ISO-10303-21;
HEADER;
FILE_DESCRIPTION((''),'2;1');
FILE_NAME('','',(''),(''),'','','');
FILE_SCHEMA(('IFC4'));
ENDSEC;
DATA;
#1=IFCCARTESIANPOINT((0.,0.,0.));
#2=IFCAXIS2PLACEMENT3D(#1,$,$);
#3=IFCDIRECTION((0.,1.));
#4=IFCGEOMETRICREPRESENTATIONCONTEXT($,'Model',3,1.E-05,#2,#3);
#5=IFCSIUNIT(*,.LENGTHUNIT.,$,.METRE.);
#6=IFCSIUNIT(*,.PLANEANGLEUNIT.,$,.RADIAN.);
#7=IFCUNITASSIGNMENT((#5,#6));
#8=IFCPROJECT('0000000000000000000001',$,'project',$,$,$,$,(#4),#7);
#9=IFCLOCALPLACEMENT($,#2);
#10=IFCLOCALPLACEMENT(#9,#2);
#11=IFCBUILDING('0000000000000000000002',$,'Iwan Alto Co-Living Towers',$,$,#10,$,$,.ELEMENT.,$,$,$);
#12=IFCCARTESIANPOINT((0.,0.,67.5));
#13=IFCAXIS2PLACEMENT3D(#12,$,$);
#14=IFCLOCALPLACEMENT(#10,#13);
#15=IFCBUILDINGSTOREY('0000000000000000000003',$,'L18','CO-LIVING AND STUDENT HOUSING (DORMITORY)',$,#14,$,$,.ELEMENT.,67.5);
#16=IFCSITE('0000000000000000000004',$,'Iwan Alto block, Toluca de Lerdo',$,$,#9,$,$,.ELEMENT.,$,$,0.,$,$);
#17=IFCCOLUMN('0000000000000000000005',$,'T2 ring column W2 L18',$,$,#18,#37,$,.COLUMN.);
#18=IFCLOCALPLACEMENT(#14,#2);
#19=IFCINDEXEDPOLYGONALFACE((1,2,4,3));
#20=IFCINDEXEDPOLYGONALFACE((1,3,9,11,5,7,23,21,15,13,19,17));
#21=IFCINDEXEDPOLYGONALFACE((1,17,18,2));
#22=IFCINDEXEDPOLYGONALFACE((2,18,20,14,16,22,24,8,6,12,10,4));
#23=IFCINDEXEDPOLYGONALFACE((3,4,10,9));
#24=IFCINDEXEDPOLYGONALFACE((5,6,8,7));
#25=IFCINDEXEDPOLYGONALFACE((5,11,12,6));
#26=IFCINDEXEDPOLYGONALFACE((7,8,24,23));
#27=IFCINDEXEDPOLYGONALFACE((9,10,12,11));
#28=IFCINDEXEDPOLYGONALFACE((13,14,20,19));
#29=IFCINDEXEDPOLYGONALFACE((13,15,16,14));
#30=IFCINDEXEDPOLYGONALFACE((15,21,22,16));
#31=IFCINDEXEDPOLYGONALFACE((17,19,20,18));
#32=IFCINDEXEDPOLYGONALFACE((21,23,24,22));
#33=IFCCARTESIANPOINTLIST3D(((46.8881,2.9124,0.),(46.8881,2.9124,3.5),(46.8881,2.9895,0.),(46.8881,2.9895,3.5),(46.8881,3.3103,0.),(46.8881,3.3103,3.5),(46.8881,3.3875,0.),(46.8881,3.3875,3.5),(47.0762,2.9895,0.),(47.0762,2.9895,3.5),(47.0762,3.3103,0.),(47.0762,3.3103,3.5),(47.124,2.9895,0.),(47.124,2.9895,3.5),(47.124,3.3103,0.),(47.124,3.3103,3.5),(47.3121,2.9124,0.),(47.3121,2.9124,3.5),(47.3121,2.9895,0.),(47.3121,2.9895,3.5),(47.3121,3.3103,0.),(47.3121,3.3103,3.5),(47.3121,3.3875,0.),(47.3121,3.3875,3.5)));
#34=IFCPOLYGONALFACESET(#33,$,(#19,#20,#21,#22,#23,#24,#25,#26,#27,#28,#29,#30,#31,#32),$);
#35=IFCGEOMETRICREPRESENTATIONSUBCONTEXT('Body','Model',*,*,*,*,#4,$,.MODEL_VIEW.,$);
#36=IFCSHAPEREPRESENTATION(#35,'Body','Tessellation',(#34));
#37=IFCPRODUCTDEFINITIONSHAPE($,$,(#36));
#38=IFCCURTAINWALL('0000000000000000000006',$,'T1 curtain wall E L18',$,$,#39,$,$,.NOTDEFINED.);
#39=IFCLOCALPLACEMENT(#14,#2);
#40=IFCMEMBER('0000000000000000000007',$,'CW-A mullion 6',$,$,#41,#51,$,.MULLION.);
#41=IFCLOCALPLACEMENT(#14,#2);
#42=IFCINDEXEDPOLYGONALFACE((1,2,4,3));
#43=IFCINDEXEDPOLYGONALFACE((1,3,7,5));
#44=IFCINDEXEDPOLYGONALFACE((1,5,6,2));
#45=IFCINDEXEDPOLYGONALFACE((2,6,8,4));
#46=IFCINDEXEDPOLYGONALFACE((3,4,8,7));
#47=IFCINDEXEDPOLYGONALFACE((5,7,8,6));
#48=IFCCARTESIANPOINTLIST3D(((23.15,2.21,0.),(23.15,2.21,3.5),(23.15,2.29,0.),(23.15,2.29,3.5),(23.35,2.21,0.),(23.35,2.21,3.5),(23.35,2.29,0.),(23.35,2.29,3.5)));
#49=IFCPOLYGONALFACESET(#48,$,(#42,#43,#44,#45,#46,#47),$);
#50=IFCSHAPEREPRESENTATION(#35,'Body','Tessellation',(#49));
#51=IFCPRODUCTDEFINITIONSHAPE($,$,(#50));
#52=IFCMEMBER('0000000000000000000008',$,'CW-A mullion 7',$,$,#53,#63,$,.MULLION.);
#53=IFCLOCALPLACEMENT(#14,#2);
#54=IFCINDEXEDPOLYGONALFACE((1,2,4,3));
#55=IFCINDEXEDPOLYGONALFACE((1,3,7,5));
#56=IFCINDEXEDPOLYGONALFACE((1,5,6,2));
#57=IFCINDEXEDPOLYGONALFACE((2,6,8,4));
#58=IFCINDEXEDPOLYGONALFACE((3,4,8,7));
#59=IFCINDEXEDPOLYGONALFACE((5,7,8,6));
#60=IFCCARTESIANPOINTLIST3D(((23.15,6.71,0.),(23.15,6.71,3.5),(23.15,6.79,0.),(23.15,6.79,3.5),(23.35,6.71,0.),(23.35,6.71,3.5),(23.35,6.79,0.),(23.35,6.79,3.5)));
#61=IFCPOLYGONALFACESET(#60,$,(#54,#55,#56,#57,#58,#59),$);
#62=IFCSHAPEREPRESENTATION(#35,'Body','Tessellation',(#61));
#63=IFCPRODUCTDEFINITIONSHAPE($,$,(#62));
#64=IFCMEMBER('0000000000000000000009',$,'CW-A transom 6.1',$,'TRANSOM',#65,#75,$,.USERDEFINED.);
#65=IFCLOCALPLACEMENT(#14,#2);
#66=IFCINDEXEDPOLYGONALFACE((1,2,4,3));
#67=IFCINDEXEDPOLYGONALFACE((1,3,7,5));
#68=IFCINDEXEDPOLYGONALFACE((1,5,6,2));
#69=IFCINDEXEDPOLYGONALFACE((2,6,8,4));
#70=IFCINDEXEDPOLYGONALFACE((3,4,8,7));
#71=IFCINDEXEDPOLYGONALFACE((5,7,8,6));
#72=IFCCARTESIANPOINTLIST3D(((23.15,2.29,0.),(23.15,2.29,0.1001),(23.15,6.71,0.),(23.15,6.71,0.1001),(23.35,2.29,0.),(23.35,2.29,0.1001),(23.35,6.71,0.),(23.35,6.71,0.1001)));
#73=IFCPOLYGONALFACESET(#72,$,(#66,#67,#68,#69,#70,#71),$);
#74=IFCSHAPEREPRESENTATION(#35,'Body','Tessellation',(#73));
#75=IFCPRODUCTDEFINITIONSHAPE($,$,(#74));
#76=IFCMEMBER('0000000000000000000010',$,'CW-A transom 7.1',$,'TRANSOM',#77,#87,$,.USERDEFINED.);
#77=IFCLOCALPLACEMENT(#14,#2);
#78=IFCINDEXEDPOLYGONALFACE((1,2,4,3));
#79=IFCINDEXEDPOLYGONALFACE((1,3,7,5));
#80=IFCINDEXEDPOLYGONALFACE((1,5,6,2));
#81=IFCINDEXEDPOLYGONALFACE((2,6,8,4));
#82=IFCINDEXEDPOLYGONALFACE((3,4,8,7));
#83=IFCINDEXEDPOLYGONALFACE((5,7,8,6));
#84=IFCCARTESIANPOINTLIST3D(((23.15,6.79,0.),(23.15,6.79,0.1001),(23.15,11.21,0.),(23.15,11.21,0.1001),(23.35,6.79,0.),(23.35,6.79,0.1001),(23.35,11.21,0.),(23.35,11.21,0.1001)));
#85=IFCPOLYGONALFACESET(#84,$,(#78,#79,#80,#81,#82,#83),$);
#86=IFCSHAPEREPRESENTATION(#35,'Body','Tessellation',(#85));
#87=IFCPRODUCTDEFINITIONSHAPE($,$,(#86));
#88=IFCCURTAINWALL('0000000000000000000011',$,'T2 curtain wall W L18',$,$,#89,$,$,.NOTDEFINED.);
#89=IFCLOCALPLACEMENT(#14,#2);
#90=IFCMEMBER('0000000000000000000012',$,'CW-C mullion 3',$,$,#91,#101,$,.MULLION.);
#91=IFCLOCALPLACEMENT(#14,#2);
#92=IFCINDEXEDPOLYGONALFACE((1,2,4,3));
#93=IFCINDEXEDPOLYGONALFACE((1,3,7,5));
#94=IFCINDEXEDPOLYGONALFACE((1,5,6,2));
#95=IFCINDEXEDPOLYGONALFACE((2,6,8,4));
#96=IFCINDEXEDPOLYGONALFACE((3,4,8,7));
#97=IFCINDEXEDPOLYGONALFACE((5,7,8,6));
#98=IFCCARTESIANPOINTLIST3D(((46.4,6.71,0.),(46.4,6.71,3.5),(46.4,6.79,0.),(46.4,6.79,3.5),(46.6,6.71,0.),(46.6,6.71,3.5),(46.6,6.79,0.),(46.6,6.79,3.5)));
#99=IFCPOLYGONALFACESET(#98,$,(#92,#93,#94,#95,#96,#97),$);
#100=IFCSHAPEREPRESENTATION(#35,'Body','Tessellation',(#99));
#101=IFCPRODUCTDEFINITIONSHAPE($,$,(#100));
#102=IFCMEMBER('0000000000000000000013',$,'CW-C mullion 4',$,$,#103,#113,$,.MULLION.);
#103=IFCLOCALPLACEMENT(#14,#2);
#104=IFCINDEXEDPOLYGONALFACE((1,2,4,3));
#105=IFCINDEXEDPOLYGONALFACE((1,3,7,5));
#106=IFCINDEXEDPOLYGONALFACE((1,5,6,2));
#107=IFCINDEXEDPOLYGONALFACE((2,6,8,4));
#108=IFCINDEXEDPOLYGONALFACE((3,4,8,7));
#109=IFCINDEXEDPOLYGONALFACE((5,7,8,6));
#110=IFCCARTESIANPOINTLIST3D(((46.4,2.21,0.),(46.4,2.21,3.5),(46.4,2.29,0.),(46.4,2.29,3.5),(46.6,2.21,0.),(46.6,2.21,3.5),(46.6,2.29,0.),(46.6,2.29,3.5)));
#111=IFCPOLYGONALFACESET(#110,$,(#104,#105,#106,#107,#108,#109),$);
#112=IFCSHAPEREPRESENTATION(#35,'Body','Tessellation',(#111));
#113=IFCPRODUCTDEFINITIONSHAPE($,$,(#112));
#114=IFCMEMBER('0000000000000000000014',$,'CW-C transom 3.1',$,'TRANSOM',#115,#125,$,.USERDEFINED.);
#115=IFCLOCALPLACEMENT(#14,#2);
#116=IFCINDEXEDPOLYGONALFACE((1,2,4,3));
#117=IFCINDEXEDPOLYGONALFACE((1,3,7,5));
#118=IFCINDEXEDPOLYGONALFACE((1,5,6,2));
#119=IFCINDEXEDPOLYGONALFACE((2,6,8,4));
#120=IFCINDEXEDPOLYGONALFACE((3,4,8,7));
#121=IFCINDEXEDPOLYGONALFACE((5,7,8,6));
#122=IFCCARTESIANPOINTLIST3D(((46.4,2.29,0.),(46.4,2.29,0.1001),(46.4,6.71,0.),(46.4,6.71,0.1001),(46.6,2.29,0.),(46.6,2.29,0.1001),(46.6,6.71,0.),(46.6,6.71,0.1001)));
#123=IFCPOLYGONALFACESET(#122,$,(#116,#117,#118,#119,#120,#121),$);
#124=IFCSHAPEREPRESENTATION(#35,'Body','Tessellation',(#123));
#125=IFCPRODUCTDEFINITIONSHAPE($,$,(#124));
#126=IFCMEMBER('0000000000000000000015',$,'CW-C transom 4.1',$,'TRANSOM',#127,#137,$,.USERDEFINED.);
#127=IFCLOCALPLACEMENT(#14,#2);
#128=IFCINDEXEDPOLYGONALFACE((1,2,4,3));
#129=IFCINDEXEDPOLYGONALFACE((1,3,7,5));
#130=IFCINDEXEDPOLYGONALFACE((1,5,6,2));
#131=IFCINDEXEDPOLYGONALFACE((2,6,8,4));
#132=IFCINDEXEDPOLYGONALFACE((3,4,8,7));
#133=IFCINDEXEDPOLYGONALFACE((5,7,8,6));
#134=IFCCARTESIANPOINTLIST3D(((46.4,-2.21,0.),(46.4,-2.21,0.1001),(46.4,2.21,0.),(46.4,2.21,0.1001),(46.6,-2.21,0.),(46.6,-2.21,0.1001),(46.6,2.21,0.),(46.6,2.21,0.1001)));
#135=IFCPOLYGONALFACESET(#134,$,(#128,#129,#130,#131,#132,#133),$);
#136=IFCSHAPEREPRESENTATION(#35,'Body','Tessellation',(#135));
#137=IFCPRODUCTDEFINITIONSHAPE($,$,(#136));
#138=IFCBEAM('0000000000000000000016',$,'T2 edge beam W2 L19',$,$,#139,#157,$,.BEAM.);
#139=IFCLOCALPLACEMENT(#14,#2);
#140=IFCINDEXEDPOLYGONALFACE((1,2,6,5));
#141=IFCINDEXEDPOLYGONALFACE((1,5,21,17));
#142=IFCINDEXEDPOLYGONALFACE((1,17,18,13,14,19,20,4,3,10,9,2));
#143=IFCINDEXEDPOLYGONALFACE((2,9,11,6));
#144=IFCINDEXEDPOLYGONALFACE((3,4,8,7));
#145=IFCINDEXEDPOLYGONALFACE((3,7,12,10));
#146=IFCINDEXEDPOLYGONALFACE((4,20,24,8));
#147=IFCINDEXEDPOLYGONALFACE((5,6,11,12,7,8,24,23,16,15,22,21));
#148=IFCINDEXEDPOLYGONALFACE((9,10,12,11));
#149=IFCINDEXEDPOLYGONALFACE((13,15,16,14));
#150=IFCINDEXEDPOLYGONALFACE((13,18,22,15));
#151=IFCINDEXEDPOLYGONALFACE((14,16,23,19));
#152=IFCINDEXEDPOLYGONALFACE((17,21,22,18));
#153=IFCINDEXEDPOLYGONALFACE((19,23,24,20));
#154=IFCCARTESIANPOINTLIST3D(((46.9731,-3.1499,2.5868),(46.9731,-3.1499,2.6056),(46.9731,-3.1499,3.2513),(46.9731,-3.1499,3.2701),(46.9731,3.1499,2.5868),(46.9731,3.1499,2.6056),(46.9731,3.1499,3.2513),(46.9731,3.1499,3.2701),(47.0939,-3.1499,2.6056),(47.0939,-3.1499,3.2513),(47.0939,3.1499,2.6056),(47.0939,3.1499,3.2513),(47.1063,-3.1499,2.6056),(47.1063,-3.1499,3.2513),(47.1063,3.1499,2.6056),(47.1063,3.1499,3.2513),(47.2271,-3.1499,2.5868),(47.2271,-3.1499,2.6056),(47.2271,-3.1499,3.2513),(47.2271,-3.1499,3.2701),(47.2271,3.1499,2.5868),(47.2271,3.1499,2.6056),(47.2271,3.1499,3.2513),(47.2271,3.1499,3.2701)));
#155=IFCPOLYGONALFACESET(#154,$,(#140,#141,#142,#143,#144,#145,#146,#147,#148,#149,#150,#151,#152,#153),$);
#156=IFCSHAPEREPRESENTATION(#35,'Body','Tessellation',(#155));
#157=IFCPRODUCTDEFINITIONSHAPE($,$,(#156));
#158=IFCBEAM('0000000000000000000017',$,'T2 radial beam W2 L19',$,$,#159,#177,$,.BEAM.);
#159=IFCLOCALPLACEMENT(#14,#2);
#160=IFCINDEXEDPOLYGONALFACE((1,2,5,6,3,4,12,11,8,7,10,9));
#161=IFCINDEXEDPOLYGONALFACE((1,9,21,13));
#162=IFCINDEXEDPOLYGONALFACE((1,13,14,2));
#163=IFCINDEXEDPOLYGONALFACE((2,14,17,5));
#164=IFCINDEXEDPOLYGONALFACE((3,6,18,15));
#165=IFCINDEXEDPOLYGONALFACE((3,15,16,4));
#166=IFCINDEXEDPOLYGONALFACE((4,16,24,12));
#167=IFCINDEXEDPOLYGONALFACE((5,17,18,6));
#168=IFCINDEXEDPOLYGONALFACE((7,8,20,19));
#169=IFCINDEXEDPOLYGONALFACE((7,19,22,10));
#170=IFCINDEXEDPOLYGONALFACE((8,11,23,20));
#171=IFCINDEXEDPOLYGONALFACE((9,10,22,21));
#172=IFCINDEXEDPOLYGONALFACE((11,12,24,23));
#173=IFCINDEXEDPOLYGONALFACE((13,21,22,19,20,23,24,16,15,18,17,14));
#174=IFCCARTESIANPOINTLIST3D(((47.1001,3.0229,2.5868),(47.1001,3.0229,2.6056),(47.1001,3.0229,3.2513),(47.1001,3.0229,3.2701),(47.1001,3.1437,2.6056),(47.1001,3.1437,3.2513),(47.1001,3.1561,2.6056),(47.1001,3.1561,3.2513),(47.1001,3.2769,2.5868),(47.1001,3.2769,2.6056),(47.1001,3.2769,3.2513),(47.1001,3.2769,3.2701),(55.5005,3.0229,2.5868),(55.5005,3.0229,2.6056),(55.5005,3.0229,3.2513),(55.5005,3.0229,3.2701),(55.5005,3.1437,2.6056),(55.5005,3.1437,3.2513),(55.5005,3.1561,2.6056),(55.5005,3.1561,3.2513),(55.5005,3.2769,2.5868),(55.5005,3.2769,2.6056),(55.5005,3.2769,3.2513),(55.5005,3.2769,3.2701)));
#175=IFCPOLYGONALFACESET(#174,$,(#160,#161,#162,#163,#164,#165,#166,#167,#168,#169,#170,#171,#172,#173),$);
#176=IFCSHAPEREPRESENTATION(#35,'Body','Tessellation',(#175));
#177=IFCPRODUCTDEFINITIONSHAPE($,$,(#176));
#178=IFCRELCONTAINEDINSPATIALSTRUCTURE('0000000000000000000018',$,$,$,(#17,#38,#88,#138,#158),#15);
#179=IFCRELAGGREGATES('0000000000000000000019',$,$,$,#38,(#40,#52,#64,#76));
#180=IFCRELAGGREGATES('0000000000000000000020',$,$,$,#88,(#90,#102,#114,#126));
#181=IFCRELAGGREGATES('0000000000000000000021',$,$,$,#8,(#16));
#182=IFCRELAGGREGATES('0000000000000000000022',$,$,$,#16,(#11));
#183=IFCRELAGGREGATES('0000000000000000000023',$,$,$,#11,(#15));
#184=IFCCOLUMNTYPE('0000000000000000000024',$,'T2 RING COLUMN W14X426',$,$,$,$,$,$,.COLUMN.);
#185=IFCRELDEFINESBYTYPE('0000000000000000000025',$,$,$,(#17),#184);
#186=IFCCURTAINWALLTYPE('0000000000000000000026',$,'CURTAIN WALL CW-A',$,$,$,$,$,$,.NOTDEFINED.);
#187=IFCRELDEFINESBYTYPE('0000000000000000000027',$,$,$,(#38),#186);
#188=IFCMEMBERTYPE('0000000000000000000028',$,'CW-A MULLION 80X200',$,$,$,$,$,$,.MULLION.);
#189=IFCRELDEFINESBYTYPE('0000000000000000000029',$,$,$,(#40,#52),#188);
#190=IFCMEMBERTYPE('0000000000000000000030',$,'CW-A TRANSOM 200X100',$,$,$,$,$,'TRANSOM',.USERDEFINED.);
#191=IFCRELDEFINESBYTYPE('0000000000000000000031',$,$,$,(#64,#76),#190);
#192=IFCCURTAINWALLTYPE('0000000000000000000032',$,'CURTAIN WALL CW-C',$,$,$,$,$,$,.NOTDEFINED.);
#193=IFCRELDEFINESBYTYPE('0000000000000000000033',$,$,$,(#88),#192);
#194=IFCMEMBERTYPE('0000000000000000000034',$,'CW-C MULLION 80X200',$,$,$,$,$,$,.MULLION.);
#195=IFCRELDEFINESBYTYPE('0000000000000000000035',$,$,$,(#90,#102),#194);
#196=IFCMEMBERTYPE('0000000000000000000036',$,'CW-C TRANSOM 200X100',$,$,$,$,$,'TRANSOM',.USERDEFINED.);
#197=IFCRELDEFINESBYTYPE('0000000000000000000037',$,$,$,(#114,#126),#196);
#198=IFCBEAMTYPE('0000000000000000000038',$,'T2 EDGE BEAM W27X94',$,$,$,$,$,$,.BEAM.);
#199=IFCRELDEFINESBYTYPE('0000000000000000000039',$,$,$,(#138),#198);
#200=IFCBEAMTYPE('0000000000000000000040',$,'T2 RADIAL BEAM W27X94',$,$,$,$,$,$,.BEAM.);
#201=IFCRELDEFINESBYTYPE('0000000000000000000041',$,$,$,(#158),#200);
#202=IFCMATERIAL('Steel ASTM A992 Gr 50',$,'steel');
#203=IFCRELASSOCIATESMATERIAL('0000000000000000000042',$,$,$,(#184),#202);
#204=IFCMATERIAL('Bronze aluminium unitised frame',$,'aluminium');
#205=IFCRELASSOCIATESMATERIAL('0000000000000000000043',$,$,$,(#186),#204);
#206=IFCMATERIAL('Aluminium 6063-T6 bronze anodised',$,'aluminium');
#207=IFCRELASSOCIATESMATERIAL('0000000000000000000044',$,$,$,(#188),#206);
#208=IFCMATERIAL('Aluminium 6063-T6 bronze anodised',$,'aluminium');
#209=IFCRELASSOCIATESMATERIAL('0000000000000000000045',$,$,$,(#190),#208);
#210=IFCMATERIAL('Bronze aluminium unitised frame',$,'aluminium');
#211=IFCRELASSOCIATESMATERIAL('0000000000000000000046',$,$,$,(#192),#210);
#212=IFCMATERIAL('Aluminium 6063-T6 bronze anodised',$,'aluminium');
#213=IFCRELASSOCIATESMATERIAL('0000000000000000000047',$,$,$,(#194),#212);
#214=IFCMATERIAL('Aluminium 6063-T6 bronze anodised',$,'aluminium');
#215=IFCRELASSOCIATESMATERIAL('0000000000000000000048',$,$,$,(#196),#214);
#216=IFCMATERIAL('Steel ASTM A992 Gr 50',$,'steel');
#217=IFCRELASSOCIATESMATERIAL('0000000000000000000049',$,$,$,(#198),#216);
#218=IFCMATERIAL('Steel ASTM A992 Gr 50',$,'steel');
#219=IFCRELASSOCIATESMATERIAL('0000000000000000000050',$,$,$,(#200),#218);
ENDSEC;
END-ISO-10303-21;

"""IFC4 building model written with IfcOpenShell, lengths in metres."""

from ifc_helpers import new_model, si_unit, direction, frame, origin, origin_2d, place, context, subcontext, project, spatial, rectangle, i_section, extrude, material, material_profile, profile_set, type_object, element, aggregate, save


model = new_model("IFC4")

# Units and contexts
model_context = context("Model", 3, precision=1e-05, world=origin(), true_north=direction((0.0, 1.0)))
body_context = subcontext(model_context, "Body", "Model", "MODEL_VIEW")
ifc_project = project(units=[si_unit("LENGTHUNIT", "METRE"), si_unit("PLANEANGLEUNIT", "RADIAN")], contexts=[model_context])

# Site, building, storey
site_placement = place(None, origin())
site = spatial("IfcSite", under=ifc_project, at=site_placement, Name="Iwan Alto block, Toluca de Lerdo", CompositionType="ELEMENT", RefElevation=0.0)
building_placement = place(site_placement, origin())
building = spatial("IfcBuilding", under=site, at=building_placement, Name="Iwan Alto Co-Living Towers", CompositionType="ELEMENT")
storey_placement = place(building_placement, frame((0.0, 0.0, 67.5)))
storey = spatial("IfcBuildingStorey", under=building, at=storey_placement, Name="L18", Description="CO-LIVING AND STUDENT HOUSING (DORMITORY)", CompositionType="ELEMENT", Elevation=67.5)

# Column
ifc_material_1 = material(Name="Steel ASTM A992 Gr 50", Category="steel")
ifc_material_profile_1 = material_profile(ifc_material_1, i_section(OverallWidth=0.4241, OverallDepth=0.4751, WebThickness=0.0479, FlangeThickness=0.0771, at=origin_2d()), Name="W14X426")
ifc_profile_set_1 = profile_set([ifc_material_profile_1], Name="Steel ASTM A992 Gr 50")
column_type = type_object("IfcColumnType", Name="T2 RING COLUMN W14X426", PredefinedType="COLUMN", material=ifc_profile_set_1)
column_placement = place(storey_placement, frame((47.1001, 3.1499, 0.0), z_axis=(0.0, 0.0, 1.0), x_axis=(1.0, 0.0, 0.0)))
element("IfcColumn", 1, at=column_placement, inside=storey, type_object=column_type, Name="T2 ring column W2 L18", PredefinedType="COLUMN", context=body_context, shape_type="SweptSolid", body=[
    extrude(i_section(OverallWidth=0.4241, OverallDepth=0.4751, WebThickness=0.0479, FlangeThickness=0.0771, at=origin_2d()), origin(), (0.0, 0.0, 1.0), 3.5),
])

# Curtain walls, members
ifc_material_2 = material(Name="Bronze aluminium unitised frame", Category="aluminium")
curtain_wall_type_1 = type_object("IfcCurtainWallType", Name="CURTAIN WALL CW-A", PredefinedType="NOTDEFINED", material=ifc_material_2)
curtain_wall_1_placement = place(storey_placement, origin())
curtain_wall_1 = element("IfcCurtainWall", 2, at=curtain_wall_1_placement, inside=storey, type_object=curtain_wall_type_1, Name="T1 curtain wall E L18", PredefinedType="NOTDEFINED")
ifc_material_3 = material(Name="Aluminium 6063-T6 bronze anodised", Category="aluminium")
ifc_material_profile_2 = material_profile(ifc_material_3, rectangle(XDim=0.2, YDim=0.0801, at=origin_2d()), Name="AL 80X200")
ifc_profile_set_2 = profile_set([ifc_material_profile_2], Name="Aluminium 6063-T6 bronze anodised")
member_type_1 = type_object("IfcMemberType", Name="CW-A MULLION 80X200", PredefinedType="MULLION", material=ifc_profile_set_2)
member_1_placement = place(storey_placement, frame((23.25, 2.25, 0.0), z_axis=(0.0, 0.0, 1.0), x_axis=(-1.0, 0.0, 0.0)))
member_1 = element("IfcMember", 3, at=member_1_placement, type_object=member_type_1, Name="CW-A mullion 6", PredefinedType="MULLION", context=body_context, shape_type="SweptSolid", body=[
    extrude(rectangle(XDim=0.2, YDim=0.0801, at=origin_2d()), origin(), (0.0, 0.0, 1.0), 3.5),
])
member_2_placement = place(storey_placement, frame((23.25, 6.75, 0.0), z_axis=(0.0, 0.0, 1.0), x_axis=(-1.0, 0.0, 0.0)))
member_2 = element("IfcMember", 4, at=member_2_placement, type_object=member_type_1, Name="CW-A mullion 7", PredefinedType="MULLION", context=body_context, shape_type="SweptSolid", body=[
    extrude(rectangle(XDim=0.2, YDim=0.0801, at=origin_2d()), origin(), (0.0, 0.0, 1.0), 3.5),
])
ifc_material_4 = material(Name="Aluminium 6063-T6 bronze anodised", Category="aluminium")
ifc_material_profile_3 = material_profile(ifc_material_4, rectangle(XDim=0.2, YDim=0.1001, at=origin_2d()), Name="AL 200X100")
ifc_profile_set_3 = profile_set([ifc_material_profile_3], Name="Aluminium 6063-T6 bronze anodised")
member_type_2 = type_object("IfcMemberType", Name="CW-A TRANSOM 200X100", ElementType="TRANSOM", PredefinedType="USERDEFINED", material=ifc_profile_set_3)
member_3_placement = place(storey_placement, frame((23.25, 2.29, 0.05), z_axis=(0.0, 1.0, 0.0), x_axis=(-1.0, 0.0, 0.0)))
member_3 = element("IfcMember", 5, at=member_3_placement, type_object=member_type_2, Name="CW-A transom 6.1", ObjectType="TRANSOM", PredefinedType="USERDEFINED", context=body_context, shape_type="SweptSolid", body=[
    extrude(rectangle(XDim=0.2, YDim=0.1001, at=origin_2d()), origin(), (0.0, 0.0, 1.0), 4.4199),
])
member_4_placement = place(storey_placement, frame((23.25, 6.79, 0.05), z_axis=(0.0, 1.0, 0.0), x_axis=(-1.0, 0.0, 0.0)))
member_4 = element("IfcMember", 6, at=member_4_placement, type_object=member_type_2, Name="CW-A transom 7.1", ObjectType="TRANSOM", PredefinedType="USERDEFINED", context=body_context, shape_type="SweptSolid", body=[
    extrude(rectangle(XDim=0.2, YDim=0.1001, at=origin_2d()), origin(), (0.0, 0.0, 1.0), 4.4199),
])
ifc_material_5 = material(Name="Bronze aluminium unitised frame", Category="aluminium")
curtain_wall_type_2 = type_object("IfcCurtainWallType", Name="CURTAIN WALL CW-C", PredefinedType="NOTDEFINED", material=ifc_material_5)
curtain_wall_2_placement = place(storey_placement, origin())
curtain_wall_2 = element("IfcCurtainWall", 7, at=curtain_wall_2_placement, inside=storey, type_object=curtain_wall_type_2, Name="T2 curtain wall W L18", PredefinedType="NOTDEFINED")
ifc_material_6 = material(Name="Aluminium 6063-T6 bronze anodised", Category="aluminium")
ifc_material_profile_4 = material_profile(ifc_material_6, rectangle(XDim=0.2, YDim=0.0801, at=origin_2d()), Name="AL 80X200")
ifc_profile_set_4 = profile_set([ifc_material_profile_4], Name="Aluminium 6063-T6 bronze anodised")
member_type_3 = type_object("IfcMemberType", Name="CW-C MULLION 80X200", PredefinedType="MULLION", material=ifc_profile_set_4)
member_5_placement = place(storey_placement, frame((46.5, 6.75, 0.0), z_axis=(0.0, 0.0, 1.0), x_axis=(1.0, 0.0, 0.0)))
member_5 = element("IfcMember", 8, at=member_5_placement, type_object=member_type_3, Name="CW-C mullion 3", PredefinedType="MULLION", context=body_context, shape_type="SweptSolid", body=[
    extrude(rectangle(XDim=0.2, YDim=0.0801, at=origin_2d()), origin(), (0.0, 0.0, 1.0), 3.5),
])
member_6_placement = place(storey_placement, frame((46.5, 2.25, 0.0), z_axis=(0.0, 0.0, 1.0), x_axis=(1.0, 0.0, 0.0)))
member_6 = element("IfcMember", 9, at=member_6_placement, type_object=member_type_3, Name="CW-C mullion 4", PredefinedType="MULLION", context=body_context, shape_type="SweptSolid", body=[
    extrude(rectangle(XDim=0.2, YDim=0.0801, at=origin_2d()), origin(), (0.0, 0.0, 1.0), 3.5),
])
ifc_material_7 = material(Name="Aluminium 6063-T6 bronze anodised", Category="aluminium")
ifc_material_profile_5 = material_profile(ifc_material_7, rectangle(XDim=0.2, YDim=0.1001, at=origin_2d()), Name="AL 200X100")
ifc_profile_set_5 = profile_set([ifc_material_profile_5], Name="Aluminium 6063-T6 bronze anodised")
member_type_4 = type_object("IfcMemberType", Name="CW-C TRANSOM 200X100", ElementType="TRANSOM", PredefinedType="USERDEFINED", material=ifc_profile_set_5)
member_7_placement = place(storey_placement, frame((46.5, 6.71, 0.05), z_axis=(0.0, -1.0, 0.0), x_axis=(1.0, 0.0, 0.0)))
member_7 = element("IfcMember", 10, at=member_7_placement, type_object=member_type_4, Name="CW-C transom 3.1", ObjectType="TRANSOM", PredefinedType="USERDEFINED", context=body_context, shape_type="SweptSolid", body=[
    extrude(rectangle(XDim=0.2, YDim=0.1001, at=origin_2d()), origin(), (0.0, 0.0, 1.0), 4.4199),
])
member_8_placement = place(storey_placement, frame((46.5, 2.21, 0.05), z_axis=(0.0, -1.0, 0.0), x_axis=(1.0, 0.0, 0.0)))
member_8 = element("IfcMember", 11, at=member_8_placement, type_object=member_type_4, Name="CW-C transom 4.1", ObjectType="TRANSOM", PredefinedType="USERDEFINED", context=body_context, shape_type="SweptSolid", body=[
    extrude(rectangle(XDim=0.2, YDim=0.1001, at=origin_2d()), origin(), (0.0, 0.0, 1.0), 4.4199),
])

# Beams
ifc_material_8 = material(Name="Steel ASTM A992 Gr 50", Category="steel")
ifc_material_profile_6 = material_profile(ifc_material_8, i_section(OverallWidth=0.2539, OverallDepth=0.6833, WebThickness=0.0125, FlangeThickness=0.0188, at=origin_2d()), Name="W27X94")
ifc_profile_set_6 = profile_set([ifc_material_profile_6], Name="Steel ASTM A992 Gr 50")
beam_type_1 = type_object("IfcBeamType", Name="T2 EDGE BEAM W27X94", PredefinedType="BEAM", material=ifc_profile_set_6)
beam_1_placement = place(storey_placement, frame((47.1001, 3.1499, 2.9285), z_axis=(0.0, -1.0, 0.0), x_axis=(1.0, 0.0, 0.0)))
element("IfcBeam", 12, at=beam_1_placement, inside=storey, type_object=beam_type_1, Name="T2 edge beam W2 L19", PredefinedType="BEAM", context=body_context, shape_type="SweptSolid", body=[
    extrude(i_section(OverallWidth=0.2539, OverallDepth=0.6833, WebThickness=0.0125, FlangeThickness=0.0188, at=origin_2d()), origin(), (0.0, 0.0, 1.0), 6.2998),
])
ifc_material_9 = material(Name="Steel ASTM A992 Gr 50", Category="steel")
ifc_material_profile_7 = material_profile(ifc_material_9, i_section(OverallWidth=0.2539, OverallDepth=0.6833, WebThickness=0.0125, FlangeThickness=0.0188, at=origin_2d()), Name="W27X94")
ifc_profile_set_7 = profile_set([ifc_material_profile_7], Name="Steel ASTM A992 Gr 50")
beam_type_2 = type_object("IfcBeamType", Name="T2 RADIAL BEAM W27X94", PredefinedType="BEAM", material=ifc_profile_set_7)
beam_2_placement = place(storey_placement, frame((47.1001, 3.1499, 2.9285), z_axis=(1.0, 0.0, 0.0), x_axis=(0.0, 1.0, 0.0)))
element("IfcBeam", 13, at=beam_2_placement, inside=storey, type_object=beam_type_2, Name="T2 radial beam W2 L19", PredefinedType="BEAM", context=body_context, shape_type="SweptSolid", body=[
    extrude(i_section(OverallWidth=0.2539, OverallDepth=0.6833, WebThickness=0.0125, FlangeThickness=0.0188, at=origin_2d()), origin(), (0.0, 0.0, 1.0), 8.4004),
])

aggregate(curtain_wall_1, [member_1, member_2, member_3, member_4])
aggregate(curtain_wall_2, [member_5, member_6, member_7, member_8])

save(model, "model.ifc")
